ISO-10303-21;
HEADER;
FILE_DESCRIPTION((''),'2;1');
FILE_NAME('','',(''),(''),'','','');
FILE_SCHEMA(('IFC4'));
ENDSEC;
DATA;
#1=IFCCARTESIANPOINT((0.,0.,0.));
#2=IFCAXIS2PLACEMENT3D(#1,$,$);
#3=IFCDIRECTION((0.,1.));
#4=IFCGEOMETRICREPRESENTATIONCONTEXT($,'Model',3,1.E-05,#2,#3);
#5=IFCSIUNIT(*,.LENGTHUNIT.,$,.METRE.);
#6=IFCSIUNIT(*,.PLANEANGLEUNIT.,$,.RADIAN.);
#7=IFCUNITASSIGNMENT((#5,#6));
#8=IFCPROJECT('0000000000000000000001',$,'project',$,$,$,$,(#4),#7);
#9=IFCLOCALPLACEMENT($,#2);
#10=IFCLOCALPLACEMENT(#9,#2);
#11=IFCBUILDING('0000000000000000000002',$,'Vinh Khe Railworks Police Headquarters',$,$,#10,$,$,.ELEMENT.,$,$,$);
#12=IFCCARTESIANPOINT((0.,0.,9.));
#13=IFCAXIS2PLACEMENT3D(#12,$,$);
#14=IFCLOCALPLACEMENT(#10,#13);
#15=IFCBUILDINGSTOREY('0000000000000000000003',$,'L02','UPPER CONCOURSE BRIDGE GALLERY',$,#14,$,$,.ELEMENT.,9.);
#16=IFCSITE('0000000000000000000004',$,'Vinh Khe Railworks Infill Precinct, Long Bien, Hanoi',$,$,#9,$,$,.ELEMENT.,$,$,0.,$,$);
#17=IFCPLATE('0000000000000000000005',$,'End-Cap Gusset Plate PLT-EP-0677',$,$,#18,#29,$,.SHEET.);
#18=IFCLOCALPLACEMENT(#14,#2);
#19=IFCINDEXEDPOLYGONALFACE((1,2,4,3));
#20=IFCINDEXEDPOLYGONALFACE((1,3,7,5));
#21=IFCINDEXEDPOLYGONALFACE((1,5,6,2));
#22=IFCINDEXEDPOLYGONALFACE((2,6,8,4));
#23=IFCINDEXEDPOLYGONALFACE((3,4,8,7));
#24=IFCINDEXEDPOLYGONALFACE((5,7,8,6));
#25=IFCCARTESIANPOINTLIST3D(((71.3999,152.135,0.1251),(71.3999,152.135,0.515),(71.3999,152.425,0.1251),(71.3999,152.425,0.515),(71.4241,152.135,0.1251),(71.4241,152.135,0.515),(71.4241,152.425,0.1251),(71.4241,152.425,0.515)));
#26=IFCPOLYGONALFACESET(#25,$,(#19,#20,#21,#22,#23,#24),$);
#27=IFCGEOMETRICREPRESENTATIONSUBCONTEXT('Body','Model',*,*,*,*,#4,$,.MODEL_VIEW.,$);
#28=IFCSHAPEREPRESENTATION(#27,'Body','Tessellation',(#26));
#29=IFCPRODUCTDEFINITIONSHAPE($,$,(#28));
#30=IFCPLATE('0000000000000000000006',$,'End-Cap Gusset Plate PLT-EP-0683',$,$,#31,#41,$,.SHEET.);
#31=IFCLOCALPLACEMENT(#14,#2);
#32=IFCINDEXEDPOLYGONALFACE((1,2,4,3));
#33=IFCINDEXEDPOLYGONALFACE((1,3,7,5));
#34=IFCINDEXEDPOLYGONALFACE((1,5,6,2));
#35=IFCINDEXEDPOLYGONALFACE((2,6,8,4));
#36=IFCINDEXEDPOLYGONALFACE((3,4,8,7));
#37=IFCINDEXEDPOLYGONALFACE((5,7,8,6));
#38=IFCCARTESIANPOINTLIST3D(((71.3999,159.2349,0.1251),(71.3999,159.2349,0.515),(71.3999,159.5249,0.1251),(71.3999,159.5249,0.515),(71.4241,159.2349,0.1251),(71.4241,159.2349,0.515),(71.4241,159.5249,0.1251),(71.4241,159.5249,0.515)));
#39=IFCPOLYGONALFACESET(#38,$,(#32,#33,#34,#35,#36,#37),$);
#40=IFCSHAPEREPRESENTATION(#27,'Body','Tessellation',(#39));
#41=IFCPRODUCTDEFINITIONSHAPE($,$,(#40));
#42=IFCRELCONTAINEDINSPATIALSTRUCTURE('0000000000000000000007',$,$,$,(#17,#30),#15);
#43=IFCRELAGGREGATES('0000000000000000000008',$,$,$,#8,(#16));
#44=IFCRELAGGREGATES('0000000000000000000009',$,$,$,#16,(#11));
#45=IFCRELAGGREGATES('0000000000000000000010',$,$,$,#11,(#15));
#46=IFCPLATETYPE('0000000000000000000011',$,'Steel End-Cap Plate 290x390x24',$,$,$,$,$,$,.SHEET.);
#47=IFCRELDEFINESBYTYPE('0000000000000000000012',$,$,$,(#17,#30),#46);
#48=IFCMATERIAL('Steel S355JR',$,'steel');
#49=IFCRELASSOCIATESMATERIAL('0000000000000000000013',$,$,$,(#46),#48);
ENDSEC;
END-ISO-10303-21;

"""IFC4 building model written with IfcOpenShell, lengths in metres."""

from ifc_helpers import new_model, si_unit, direction, frame, origin, origin_2d, place, context, subcontext, project, spatial, rectangle, extrude, material, material_profile, profile_set, type_object, element, save


model = new_model("IFC4")

# Units and contexts
model_context = context("Model", 3, precision=1e-05, world=origin(), true_north=direction((0.0, 1.0)))
body_context = subcontext(model_context, "Body", "Model", "MODEL_VIEW")
ifc_project = project(units=[si_unit("LENGTHUNIT", "METRE"), si_unit("PLANEANGLEUNIT", "RADIAN")], contexts=[model_context])

# Site, building, storey
site_placement = place(None, origin())
site = spatial("IfcSite", under=ifc_project, at=site_placement, Name="Vinh Khe Railworks Infill Precinct, Long Bien, Hanoi", CompositionType="ELEMENT", RefElevation=0.0)
building_placement = place(site_placement, origin())
building = spatial("IfcBuilding", under=site, at=building_placement, Name="Vinh Khe Railworks Police Headquarters", CompositionType="ELEMENT")
storey_placement = place(building_placement, frame((0.0, 0.0, 9.0)))
storey = spatial("IfcBuildingStorey", under=building, at=storey_placement, Name="L02", Description="UPPER CONCOURSE BRIDGE GALLERY", CompositionType="ELEMENT", Elevation=9.0)

# Shared definitions
ifc_material = material(Name="Steel S355JR", Category="steel")

# Plates
ifc_material_profile_1 = material_profile(ifc_material, rectangle(XDim=0.29, YDim=0.3899, at=origin_2d()), Name="PL 290x390")
ifc_profile_set_1 = profile_set([ifc_material_profile_1], Name="Steel S355JR")
plate_type_1 = type_object("IfcPlateType", Name="Steel End-Cap Plate 290x390x24", PredefinedType="SHEET", material=ifc_profile_set_1)
for number, where, z_axis, x_axis, name in (
    (1, (71.3999, 152.28, 0.3201), (1.0, 0.0, 0.0), (0.0, 1.0, 0.0), "End-Cap Gusset Plate PLT-EP-0677"),
    (2, (71.3999, 159.3799, 0.3201), (1.0, 0.0, 0.0), (0.0, 1.0, 0.0), "End-Cap Gusset Plate PLT-EP-0683"),
):
    element("IfcPlate", number, at=place(storey_placement, frame(where, z_axis=z_axis, x_axis=x_axis)), inside=storey, type_object=plate_type_1, Name=name, PredefinedType="SHEET", context=body_context, shape_type="SweptSolid", body=[
        extrude(rectangle(XDim=0.29, YDim=0.3899, at=origin_2d()), origin(), (0.0, 0.0, 1.0), 0.0242),
    ])

save(model, "model.ifc")
